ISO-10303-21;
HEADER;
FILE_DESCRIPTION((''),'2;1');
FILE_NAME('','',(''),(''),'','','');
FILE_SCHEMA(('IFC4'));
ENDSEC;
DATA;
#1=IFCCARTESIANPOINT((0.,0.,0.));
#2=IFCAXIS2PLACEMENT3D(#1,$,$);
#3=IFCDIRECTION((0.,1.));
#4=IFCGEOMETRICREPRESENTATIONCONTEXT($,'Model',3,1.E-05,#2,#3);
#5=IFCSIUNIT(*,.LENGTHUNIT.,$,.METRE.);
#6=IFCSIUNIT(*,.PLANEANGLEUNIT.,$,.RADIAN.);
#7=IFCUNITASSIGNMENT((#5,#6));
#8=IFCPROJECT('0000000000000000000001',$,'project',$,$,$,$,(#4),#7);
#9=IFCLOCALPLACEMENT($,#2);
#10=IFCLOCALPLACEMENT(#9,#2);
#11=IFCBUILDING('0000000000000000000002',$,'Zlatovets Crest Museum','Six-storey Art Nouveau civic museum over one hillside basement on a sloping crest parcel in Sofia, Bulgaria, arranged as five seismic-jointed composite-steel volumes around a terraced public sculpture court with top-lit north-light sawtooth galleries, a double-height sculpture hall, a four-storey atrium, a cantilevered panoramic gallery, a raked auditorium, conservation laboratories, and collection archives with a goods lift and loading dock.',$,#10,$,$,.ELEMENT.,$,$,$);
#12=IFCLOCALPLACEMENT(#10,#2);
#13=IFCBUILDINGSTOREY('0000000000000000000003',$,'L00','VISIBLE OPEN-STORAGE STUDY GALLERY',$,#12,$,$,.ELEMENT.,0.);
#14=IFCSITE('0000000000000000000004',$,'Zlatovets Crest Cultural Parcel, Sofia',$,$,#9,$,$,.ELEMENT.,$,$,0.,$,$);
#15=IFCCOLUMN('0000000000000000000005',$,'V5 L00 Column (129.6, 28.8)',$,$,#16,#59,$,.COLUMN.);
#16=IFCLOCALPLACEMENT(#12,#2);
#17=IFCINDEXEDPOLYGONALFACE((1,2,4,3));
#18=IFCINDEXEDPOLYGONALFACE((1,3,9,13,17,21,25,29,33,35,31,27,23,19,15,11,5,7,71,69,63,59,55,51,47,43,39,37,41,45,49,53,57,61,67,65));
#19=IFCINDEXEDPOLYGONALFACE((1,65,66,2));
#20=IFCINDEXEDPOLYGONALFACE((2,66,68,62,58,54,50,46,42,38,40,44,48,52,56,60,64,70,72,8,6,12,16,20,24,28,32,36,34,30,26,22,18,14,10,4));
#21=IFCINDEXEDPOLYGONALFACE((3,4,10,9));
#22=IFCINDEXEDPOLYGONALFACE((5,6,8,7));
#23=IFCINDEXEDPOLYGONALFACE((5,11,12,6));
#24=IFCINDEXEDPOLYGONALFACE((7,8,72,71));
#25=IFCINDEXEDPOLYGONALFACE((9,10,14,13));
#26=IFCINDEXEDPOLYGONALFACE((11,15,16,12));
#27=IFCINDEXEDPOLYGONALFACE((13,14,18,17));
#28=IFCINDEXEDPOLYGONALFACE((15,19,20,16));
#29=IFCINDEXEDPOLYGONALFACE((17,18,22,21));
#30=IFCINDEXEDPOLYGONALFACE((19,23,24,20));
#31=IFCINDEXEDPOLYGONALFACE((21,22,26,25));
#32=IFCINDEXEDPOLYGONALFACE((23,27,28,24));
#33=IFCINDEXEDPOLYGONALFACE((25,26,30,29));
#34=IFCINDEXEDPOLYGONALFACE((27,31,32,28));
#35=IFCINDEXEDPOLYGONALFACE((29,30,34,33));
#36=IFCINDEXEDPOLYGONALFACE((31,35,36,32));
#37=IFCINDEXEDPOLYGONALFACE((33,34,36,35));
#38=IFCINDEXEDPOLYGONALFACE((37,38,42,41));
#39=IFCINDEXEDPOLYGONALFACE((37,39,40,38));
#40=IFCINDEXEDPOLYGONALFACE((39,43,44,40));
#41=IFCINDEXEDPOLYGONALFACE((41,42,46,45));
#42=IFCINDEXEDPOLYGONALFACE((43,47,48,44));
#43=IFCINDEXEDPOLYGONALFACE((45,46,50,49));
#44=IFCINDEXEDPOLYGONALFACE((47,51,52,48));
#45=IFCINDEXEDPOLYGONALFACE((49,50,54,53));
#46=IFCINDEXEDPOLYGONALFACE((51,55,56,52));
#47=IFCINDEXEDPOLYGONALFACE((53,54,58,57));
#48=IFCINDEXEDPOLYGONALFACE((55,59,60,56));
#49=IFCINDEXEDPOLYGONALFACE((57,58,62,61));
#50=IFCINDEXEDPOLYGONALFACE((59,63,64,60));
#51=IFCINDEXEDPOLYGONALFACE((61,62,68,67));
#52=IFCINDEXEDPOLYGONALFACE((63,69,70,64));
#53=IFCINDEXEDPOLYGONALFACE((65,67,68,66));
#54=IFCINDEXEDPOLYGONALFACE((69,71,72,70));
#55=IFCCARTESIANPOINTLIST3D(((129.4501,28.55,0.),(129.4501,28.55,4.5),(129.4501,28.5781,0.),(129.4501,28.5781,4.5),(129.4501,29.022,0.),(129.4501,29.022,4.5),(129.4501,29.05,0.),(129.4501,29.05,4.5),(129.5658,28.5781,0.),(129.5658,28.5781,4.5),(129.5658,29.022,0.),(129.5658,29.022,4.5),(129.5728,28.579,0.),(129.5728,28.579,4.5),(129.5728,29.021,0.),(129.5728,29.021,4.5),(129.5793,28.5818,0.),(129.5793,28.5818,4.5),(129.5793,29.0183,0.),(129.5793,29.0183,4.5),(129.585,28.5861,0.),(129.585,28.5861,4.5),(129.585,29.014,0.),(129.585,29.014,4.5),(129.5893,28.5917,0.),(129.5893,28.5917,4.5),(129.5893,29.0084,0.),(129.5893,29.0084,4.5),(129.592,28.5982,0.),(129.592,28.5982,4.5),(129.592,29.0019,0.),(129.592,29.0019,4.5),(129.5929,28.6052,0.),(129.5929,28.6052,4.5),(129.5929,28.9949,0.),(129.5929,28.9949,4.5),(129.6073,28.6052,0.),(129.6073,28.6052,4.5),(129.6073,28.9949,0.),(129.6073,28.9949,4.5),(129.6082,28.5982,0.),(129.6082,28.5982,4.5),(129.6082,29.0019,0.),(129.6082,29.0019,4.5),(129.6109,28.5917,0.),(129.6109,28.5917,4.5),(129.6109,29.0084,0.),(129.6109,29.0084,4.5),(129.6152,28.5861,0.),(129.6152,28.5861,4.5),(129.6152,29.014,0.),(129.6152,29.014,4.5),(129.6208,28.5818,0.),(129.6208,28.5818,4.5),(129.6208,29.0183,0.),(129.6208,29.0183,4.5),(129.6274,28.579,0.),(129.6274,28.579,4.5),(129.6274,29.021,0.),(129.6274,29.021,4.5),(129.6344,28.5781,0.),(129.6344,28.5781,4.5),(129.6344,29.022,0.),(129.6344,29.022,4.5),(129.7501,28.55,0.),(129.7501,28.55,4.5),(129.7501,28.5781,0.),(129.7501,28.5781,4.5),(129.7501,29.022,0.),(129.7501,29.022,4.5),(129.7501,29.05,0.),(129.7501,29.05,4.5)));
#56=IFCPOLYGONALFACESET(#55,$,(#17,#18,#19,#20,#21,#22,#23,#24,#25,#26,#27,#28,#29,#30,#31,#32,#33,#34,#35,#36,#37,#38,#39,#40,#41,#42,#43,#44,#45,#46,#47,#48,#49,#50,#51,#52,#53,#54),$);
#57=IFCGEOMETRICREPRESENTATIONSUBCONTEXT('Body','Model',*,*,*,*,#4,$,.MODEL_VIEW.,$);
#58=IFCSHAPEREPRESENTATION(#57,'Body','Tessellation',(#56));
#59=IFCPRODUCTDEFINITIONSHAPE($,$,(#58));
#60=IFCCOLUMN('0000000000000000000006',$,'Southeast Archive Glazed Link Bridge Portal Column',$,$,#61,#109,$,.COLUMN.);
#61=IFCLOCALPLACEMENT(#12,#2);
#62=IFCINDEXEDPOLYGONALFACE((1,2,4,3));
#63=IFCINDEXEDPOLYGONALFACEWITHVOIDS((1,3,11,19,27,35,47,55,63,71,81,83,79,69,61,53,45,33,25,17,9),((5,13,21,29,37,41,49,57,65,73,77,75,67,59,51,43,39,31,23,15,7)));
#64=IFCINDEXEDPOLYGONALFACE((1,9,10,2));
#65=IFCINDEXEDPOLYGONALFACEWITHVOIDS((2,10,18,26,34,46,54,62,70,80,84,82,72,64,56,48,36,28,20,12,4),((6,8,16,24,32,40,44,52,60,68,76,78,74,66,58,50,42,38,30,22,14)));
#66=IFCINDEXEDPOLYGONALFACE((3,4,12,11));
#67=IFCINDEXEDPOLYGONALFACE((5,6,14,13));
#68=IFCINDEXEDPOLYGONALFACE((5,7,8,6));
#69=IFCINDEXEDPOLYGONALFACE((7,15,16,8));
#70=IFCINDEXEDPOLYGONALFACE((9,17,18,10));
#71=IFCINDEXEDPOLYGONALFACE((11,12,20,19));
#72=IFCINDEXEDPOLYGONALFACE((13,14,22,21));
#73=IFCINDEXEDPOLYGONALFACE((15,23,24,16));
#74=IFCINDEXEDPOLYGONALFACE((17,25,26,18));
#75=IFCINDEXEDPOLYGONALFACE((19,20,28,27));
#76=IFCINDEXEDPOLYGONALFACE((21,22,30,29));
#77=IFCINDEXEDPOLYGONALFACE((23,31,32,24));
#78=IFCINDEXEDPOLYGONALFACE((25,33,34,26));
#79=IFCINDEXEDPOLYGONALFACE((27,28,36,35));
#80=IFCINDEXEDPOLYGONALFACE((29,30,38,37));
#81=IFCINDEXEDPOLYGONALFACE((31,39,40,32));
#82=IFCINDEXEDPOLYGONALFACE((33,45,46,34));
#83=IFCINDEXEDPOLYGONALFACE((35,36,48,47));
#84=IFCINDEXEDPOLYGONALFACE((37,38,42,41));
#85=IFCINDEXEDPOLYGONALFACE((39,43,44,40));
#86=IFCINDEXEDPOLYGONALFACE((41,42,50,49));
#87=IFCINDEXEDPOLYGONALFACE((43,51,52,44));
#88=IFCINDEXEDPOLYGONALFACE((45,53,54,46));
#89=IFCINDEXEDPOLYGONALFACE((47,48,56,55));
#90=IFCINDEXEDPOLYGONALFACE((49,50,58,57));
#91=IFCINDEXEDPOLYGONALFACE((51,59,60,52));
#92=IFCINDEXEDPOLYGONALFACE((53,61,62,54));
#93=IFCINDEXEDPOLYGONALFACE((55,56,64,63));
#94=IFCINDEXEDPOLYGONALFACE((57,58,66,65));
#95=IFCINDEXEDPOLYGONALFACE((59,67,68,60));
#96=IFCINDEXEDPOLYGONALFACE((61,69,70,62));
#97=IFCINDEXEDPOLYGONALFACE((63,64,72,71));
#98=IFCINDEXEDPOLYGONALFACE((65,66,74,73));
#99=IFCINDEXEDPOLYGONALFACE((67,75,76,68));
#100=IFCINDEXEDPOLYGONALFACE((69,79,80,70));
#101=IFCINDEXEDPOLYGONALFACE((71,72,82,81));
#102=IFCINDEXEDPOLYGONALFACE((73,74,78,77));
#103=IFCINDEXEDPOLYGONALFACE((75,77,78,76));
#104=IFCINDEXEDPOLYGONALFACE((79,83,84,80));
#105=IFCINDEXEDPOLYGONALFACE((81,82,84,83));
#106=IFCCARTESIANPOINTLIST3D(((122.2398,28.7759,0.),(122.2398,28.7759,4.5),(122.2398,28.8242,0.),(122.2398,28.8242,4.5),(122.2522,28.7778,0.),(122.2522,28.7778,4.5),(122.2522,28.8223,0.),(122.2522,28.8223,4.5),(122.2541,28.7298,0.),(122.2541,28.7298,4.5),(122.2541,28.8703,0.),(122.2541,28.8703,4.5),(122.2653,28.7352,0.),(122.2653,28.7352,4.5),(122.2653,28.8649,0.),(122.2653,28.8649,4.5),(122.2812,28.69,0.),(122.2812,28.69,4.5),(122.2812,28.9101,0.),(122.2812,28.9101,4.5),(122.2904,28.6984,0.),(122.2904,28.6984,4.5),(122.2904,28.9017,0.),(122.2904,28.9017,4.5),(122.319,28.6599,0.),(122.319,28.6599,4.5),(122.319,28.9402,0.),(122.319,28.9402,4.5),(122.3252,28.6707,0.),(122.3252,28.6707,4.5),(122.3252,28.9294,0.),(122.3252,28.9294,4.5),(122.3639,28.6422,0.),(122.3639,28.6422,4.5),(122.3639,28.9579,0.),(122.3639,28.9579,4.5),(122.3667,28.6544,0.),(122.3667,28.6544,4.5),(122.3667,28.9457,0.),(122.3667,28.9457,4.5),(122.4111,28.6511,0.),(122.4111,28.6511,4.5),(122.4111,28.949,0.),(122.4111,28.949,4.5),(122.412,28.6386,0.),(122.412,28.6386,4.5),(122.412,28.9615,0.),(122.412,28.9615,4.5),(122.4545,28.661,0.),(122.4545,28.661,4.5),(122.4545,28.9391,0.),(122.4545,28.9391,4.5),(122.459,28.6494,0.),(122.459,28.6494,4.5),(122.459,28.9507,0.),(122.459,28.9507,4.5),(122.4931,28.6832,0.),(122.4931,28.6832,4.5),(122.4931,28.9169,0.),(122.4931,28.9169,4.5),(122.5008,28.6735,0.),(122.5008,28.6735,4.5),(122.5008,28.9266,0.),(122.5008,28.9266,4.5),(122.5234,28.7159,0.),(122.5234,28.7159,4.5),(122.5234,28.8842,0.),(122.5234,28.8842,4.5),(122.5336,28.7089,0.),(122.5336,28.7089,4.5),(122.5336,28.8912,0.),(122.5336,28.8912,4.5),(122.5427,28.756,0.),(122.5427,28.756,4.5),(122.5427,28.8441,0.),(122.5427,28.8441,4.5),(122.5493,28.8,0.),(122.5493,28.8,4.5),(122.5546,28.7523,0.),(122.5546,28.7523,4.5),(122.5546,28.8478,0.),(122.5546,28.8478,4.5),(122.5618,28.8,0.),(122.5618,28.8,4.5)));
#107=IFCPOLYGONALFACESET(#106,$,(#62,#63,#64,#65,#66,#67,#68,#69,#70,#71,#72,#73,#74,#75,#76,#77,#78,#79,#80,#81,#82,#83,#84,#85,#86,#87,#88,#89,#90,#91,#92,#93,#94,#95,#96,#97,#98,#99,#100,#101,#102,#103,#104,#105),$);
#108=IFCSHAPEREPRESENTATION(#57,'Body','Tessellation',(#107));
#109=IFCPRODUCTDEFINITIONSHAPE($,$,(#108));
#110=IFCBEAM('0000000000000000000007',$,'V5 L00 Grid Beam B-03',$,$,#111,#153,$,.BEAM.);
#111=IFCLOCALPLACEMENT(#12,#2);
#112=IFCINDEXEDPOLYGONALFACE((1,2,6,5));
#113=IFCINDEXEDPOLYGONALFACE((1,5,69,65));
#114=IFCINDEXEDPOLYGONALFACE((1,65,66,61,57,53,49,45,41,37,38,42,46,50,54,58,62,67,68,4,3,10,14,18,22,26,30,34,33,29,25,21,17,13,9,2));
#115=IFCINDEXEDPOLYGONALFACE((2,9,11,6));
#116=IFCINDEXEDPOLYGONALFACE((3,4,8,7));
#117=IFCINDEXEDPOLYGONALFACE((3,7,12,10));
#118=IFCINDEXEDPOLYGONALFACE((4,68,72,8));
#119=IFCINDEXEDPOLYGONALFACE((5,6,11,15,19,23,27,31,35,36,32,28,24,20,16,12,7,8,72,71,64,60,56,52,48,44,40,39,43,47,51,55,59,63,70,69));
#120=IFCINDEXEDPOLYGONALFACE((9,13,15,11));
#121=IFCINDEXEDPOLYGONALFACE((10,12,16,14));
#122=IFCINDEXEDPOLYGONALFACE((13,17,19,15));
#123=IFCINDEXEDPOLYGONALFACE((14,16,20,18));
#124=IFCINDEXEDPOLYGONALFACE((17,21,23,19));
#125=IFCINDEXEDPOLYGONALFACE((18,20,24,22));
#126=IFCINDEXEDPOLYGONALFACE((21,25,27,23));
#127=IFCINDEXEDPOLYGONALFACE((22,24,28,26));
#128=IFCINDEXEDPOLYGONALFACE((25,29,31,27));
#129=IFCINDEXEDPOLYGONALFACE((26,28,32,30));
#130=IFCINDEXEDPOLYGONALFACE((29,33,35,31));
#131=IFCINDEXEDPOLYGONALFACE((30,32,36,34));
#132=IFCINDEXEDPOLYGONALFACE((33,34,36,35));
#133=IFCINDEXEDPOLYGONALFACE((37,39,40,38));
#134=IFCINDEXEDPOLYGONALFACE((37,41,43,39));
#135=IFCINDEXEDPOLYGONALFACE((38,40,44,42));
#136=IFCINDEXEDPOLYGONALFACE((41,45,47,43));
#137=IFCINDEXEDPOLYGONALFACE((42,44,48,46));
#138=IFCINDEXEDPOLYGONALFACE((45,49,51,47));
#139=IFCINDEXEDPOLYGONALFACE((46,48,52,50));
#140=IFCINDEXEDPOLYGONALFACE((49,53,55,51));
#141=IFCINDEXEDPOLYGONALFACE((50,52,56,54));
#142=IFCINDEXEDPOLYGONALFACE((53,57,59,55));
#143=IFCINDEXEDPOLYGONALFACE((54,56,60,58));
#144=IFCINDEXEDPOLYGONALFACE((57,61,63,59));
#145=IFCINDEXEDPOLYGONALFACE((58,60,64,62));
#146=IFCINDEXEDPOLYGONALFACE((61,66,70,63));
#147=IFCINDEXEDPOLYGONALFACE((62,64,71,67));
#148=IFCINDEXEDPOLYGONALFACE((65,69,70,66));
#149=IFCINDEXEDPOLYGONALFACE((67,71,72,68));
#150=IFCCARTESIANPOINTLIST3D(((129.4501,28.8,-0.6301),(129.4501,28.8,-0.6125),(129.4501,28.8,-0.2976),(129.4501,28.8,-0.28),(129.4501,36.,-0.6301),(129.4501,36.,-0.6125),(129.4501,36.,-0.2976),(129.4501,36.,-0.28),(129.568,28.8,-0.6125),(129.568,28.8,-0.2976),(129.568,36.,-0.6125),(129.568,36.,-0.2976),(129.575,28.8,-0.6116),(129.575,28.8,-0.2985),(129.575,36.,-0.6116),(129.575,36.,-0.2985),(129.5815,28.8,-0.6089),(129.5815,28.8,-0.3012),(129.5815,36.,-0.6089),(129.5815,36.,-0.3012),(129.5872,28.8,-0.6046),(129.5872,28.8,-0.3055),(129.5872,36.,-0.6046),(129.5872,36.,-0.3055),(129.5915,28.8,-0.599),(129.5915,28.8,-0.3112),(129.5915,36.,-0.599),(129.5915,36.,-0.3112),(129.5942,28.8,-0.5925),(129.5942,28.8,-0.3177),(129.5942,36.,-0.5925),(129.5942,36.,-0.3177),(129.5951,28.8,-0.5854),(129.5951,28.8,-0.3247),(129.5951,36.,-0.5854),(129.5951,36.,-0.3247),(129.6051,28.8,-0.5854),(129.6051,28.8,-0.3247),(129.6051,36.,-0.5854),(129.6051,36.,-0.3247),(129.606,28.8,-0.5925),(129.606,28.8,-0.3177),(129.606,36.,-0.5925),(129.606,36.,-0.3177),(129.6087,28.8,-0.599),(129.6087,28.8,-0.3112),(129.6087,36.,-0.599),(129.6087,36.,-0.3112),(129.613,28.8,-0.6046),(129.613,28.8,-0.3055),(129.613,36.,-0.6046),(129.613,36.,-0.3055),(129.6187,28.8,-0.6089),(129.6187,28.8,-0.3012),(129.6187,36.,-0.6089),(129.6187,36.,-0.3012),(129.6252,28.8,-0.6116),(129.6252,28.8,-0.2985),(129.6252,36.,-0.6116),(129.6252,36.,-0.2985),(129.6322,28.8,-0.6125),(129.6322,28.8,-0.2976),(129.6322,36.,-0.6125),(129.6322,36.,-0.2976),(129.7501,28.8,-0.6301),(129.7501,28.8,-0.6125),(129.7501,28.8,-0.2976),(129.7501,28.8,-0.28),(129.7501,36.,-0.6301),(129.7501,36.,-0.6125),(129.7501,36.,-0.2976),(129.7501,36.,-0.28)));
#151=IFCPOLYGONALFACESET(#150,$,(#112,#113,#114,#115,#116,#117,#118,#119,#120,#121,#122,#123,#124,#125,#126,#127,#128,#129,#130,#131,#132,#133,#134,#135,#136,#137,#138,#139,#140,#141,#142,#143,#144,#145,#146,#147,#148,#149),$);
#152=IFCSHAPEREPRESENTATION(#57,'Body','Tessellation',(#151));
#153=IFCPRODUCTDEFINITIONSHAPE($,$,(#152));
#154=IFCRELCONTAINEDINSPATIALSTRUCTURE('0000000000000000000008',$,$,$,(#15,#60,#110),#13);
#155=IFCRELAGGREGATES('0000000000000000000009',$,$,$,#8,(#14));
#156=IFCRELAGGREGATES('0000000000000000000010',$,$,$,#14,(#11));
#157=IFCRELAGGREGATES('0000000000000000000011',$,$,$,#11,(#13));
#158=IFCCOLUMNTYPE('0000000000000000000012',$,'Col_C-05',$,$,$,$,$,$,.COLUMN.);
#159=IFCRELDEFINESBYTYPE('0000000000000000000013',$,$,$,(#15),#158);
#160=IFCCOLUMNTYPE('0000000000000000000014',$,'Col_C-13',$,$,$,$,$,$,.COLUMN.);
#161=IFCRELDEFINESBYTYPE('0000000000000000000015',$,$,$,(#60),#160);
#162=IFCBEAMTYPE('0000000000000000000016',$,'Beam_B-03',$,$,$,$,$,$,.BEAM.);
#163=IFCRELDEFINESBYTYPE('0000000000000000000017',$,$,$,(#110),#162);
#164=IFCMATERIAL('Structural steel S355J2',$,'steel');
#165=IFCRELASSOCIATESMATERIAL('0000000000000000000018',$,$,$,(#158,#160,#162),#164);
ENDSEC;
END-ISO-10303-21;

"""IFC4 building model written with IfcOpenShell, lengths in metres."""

from ifc_helpers import new_model, si_unit, direction, frame, origin, origin_2d, place, context, subcontext, project, spatial, hollow_circle, i_section, extrude, material, material_profile, profile_set, type_object, element, save


model = new_model("IFC4")

# Units and contexts
model_context = context("Model", 3, precision=1e-05, world=origin(), true_north=direction((0.0, 1.0)))
body_context = subcontext(model_context, "Body", "Model", "MODEL_VIEW")
ifc_project = project(units=[si_unit("LENGTHUNIT", "METRE"), si_unit("PLANEANGLEUNIT", "RADIAN")], contexts=[model_context])

# Site, building, storey
site_placement = place(None, origin())
site = spatial("IfcSite", under=ifc_project, at=site_placement, Name="Zlatovets Crest Cultural Parcel, Sofia", CompositionType="ELEMENT", RefElevation=0.0)
building_placement = place(site_placement, origin())
building = spatial("IfcBuilding", under=site, at=building_placement, Name="Zlatovets Crest Museum", Description="Six-storey Art Nouveau civic museum over one hillside basement on a sloping crest parcel in Sofia, Bulgaria, arranged as five seismic-jointed composite-steel volumes around a terraced public sculpture court with top-lit north-light sawtooth galleries, a double-height sculpture hall, a four-storey atrium, a cantilevered panoramic gallery, a raked auditorium, conservation laboratories, and collection archives with a goods lift and loading dock.", CompositionType="ELEMENT")
storey_placement = place(building_placement, origin())
storey = spatial("IfcBuildingStorey", under=building, at=storey_placement, Name="L00", Description="VISIBLE OPEN-STORAGE STUDY GALLERY", CompositionType="ELEMENT", Elevation=0.0)

# Columns
ifc_material_1 = material(Name="Structural steel S355J2", Category="steel")
ifc_material_profile_1 = material_profile(ifc_material_1, i_section(OverallWidth=0.3, OverallDepth=0.5, WebThickness=0.0144, FlangeThickness=0.0281, FilletRadius=0.0271, at=origin_2d()), Name="HEB 500")
ifc_profile_set_1 = profile_set([ifc_material_profile_1], Name="Structural steel S355J2")
column_type_1 = type_object("IfcColumnType", Name="Col_C-05", PredefinedType="COLUMN", material=ifc_profile_set_1)
column_1_placement = place(storey_placement, frame((129.6001, 28.8, 0.0), z_axis=(0.0, 0.0, 1.0), x_axis=(1.0, 0.0, 0.0)))
element("IfcColumn", 1, at=column_1_placement, inside=storey, type_object=column_type_1, Name="V5 L00 Column (129.6, 28.8)", PredefinedType="COLUMN", context=body_context, shape_type="SweptSolid", body=[
    extrude(i_section(OverallWidth=0.3, OverallDepth=0.5, WebThickness=0.0144, FlangeThickness=0.0281, FilletRadius=0.0271, at=origin_2d()), origin(), (0.0, 0.0, 1.0), 4.5),
])
ifc_material_profile_2 = material_profile(ifc_material_1, hollow_circle(Radius=0.1619, WallThickness=0.0125, at=origin_2d()), Name="CHS 323.9x12.5")
ifc_profile_set_2 = profile_set([ifc_material_profile_2], Name="Structural steel S355J2")
column_type_2 = type_object("IfcColumnType", Name="Col_C-13", PredefinedType="COLUMN", material=ifc_profile_set_2)
column_2_placement = place(storey_placement, frame((122.3999, 28.8, 0.0), z_axis=(0.0, 0.0, 1.0), x_axis=(1.0, 0.0, 0.0)))
element("IfcColumn", 2, at=column_2_placement, inside=storey, type_object=column_type_2, Name="Southeast Archive Glazed Link Bridge Portal Column", PredefinedType="COLUMN", context=body_context, shape_type="SweptSolid", body=[
    extrude(hollow_circle(Radius=0.1619, WallThickness=0.0125, at=origin_2d()), origin(), (0.0, 0.0, 1.0), 4.5),
])

# Beam
ifc_material_profile_3 = material_profile(ifc_material_1, i_section(OverallWidth=0.3, OverallDepth=0.3501, WebThickness=0.01, FlangeThickness=0.0176, FilletRadius=0.0271, at=origin_2d()), Name="HEA 360")
ifc_profile_set_3 = profile_set([ifc_material_profile_3], Name="Structural steel S355J2")
beam_type_1 = type_object("IfcBeamType", Name="Beam_B-03", PredefinedType="BEAM", material=ifc_profile_set_3)
beam_1_placement = place(storey_placement, frame((129.6001, 28.8, -0.4551), z_axis=(0.0, 1.0, 0.0), x_axis=(-1.0, 0.0, 0.0)))
element("IfcBeam", 3, at=beam_1_placement, inside=storey, type_object=beam_type_1, Name="V5 L00 Grid Beam B-03", PredefinedType="BEAM", context=body_context, shape_type="SweptSolid", body=[
    extrude(i_section(OverallWidth=0.3, OverallDepth=0.3501, WebThickness=0.01, FlangeThickness=0.0176, FilletRadius=0.0271, at=origin_2d()), origin(), (0.0, 0.0, 1.0), 7.2),
])

save(model, "model.ifc")
